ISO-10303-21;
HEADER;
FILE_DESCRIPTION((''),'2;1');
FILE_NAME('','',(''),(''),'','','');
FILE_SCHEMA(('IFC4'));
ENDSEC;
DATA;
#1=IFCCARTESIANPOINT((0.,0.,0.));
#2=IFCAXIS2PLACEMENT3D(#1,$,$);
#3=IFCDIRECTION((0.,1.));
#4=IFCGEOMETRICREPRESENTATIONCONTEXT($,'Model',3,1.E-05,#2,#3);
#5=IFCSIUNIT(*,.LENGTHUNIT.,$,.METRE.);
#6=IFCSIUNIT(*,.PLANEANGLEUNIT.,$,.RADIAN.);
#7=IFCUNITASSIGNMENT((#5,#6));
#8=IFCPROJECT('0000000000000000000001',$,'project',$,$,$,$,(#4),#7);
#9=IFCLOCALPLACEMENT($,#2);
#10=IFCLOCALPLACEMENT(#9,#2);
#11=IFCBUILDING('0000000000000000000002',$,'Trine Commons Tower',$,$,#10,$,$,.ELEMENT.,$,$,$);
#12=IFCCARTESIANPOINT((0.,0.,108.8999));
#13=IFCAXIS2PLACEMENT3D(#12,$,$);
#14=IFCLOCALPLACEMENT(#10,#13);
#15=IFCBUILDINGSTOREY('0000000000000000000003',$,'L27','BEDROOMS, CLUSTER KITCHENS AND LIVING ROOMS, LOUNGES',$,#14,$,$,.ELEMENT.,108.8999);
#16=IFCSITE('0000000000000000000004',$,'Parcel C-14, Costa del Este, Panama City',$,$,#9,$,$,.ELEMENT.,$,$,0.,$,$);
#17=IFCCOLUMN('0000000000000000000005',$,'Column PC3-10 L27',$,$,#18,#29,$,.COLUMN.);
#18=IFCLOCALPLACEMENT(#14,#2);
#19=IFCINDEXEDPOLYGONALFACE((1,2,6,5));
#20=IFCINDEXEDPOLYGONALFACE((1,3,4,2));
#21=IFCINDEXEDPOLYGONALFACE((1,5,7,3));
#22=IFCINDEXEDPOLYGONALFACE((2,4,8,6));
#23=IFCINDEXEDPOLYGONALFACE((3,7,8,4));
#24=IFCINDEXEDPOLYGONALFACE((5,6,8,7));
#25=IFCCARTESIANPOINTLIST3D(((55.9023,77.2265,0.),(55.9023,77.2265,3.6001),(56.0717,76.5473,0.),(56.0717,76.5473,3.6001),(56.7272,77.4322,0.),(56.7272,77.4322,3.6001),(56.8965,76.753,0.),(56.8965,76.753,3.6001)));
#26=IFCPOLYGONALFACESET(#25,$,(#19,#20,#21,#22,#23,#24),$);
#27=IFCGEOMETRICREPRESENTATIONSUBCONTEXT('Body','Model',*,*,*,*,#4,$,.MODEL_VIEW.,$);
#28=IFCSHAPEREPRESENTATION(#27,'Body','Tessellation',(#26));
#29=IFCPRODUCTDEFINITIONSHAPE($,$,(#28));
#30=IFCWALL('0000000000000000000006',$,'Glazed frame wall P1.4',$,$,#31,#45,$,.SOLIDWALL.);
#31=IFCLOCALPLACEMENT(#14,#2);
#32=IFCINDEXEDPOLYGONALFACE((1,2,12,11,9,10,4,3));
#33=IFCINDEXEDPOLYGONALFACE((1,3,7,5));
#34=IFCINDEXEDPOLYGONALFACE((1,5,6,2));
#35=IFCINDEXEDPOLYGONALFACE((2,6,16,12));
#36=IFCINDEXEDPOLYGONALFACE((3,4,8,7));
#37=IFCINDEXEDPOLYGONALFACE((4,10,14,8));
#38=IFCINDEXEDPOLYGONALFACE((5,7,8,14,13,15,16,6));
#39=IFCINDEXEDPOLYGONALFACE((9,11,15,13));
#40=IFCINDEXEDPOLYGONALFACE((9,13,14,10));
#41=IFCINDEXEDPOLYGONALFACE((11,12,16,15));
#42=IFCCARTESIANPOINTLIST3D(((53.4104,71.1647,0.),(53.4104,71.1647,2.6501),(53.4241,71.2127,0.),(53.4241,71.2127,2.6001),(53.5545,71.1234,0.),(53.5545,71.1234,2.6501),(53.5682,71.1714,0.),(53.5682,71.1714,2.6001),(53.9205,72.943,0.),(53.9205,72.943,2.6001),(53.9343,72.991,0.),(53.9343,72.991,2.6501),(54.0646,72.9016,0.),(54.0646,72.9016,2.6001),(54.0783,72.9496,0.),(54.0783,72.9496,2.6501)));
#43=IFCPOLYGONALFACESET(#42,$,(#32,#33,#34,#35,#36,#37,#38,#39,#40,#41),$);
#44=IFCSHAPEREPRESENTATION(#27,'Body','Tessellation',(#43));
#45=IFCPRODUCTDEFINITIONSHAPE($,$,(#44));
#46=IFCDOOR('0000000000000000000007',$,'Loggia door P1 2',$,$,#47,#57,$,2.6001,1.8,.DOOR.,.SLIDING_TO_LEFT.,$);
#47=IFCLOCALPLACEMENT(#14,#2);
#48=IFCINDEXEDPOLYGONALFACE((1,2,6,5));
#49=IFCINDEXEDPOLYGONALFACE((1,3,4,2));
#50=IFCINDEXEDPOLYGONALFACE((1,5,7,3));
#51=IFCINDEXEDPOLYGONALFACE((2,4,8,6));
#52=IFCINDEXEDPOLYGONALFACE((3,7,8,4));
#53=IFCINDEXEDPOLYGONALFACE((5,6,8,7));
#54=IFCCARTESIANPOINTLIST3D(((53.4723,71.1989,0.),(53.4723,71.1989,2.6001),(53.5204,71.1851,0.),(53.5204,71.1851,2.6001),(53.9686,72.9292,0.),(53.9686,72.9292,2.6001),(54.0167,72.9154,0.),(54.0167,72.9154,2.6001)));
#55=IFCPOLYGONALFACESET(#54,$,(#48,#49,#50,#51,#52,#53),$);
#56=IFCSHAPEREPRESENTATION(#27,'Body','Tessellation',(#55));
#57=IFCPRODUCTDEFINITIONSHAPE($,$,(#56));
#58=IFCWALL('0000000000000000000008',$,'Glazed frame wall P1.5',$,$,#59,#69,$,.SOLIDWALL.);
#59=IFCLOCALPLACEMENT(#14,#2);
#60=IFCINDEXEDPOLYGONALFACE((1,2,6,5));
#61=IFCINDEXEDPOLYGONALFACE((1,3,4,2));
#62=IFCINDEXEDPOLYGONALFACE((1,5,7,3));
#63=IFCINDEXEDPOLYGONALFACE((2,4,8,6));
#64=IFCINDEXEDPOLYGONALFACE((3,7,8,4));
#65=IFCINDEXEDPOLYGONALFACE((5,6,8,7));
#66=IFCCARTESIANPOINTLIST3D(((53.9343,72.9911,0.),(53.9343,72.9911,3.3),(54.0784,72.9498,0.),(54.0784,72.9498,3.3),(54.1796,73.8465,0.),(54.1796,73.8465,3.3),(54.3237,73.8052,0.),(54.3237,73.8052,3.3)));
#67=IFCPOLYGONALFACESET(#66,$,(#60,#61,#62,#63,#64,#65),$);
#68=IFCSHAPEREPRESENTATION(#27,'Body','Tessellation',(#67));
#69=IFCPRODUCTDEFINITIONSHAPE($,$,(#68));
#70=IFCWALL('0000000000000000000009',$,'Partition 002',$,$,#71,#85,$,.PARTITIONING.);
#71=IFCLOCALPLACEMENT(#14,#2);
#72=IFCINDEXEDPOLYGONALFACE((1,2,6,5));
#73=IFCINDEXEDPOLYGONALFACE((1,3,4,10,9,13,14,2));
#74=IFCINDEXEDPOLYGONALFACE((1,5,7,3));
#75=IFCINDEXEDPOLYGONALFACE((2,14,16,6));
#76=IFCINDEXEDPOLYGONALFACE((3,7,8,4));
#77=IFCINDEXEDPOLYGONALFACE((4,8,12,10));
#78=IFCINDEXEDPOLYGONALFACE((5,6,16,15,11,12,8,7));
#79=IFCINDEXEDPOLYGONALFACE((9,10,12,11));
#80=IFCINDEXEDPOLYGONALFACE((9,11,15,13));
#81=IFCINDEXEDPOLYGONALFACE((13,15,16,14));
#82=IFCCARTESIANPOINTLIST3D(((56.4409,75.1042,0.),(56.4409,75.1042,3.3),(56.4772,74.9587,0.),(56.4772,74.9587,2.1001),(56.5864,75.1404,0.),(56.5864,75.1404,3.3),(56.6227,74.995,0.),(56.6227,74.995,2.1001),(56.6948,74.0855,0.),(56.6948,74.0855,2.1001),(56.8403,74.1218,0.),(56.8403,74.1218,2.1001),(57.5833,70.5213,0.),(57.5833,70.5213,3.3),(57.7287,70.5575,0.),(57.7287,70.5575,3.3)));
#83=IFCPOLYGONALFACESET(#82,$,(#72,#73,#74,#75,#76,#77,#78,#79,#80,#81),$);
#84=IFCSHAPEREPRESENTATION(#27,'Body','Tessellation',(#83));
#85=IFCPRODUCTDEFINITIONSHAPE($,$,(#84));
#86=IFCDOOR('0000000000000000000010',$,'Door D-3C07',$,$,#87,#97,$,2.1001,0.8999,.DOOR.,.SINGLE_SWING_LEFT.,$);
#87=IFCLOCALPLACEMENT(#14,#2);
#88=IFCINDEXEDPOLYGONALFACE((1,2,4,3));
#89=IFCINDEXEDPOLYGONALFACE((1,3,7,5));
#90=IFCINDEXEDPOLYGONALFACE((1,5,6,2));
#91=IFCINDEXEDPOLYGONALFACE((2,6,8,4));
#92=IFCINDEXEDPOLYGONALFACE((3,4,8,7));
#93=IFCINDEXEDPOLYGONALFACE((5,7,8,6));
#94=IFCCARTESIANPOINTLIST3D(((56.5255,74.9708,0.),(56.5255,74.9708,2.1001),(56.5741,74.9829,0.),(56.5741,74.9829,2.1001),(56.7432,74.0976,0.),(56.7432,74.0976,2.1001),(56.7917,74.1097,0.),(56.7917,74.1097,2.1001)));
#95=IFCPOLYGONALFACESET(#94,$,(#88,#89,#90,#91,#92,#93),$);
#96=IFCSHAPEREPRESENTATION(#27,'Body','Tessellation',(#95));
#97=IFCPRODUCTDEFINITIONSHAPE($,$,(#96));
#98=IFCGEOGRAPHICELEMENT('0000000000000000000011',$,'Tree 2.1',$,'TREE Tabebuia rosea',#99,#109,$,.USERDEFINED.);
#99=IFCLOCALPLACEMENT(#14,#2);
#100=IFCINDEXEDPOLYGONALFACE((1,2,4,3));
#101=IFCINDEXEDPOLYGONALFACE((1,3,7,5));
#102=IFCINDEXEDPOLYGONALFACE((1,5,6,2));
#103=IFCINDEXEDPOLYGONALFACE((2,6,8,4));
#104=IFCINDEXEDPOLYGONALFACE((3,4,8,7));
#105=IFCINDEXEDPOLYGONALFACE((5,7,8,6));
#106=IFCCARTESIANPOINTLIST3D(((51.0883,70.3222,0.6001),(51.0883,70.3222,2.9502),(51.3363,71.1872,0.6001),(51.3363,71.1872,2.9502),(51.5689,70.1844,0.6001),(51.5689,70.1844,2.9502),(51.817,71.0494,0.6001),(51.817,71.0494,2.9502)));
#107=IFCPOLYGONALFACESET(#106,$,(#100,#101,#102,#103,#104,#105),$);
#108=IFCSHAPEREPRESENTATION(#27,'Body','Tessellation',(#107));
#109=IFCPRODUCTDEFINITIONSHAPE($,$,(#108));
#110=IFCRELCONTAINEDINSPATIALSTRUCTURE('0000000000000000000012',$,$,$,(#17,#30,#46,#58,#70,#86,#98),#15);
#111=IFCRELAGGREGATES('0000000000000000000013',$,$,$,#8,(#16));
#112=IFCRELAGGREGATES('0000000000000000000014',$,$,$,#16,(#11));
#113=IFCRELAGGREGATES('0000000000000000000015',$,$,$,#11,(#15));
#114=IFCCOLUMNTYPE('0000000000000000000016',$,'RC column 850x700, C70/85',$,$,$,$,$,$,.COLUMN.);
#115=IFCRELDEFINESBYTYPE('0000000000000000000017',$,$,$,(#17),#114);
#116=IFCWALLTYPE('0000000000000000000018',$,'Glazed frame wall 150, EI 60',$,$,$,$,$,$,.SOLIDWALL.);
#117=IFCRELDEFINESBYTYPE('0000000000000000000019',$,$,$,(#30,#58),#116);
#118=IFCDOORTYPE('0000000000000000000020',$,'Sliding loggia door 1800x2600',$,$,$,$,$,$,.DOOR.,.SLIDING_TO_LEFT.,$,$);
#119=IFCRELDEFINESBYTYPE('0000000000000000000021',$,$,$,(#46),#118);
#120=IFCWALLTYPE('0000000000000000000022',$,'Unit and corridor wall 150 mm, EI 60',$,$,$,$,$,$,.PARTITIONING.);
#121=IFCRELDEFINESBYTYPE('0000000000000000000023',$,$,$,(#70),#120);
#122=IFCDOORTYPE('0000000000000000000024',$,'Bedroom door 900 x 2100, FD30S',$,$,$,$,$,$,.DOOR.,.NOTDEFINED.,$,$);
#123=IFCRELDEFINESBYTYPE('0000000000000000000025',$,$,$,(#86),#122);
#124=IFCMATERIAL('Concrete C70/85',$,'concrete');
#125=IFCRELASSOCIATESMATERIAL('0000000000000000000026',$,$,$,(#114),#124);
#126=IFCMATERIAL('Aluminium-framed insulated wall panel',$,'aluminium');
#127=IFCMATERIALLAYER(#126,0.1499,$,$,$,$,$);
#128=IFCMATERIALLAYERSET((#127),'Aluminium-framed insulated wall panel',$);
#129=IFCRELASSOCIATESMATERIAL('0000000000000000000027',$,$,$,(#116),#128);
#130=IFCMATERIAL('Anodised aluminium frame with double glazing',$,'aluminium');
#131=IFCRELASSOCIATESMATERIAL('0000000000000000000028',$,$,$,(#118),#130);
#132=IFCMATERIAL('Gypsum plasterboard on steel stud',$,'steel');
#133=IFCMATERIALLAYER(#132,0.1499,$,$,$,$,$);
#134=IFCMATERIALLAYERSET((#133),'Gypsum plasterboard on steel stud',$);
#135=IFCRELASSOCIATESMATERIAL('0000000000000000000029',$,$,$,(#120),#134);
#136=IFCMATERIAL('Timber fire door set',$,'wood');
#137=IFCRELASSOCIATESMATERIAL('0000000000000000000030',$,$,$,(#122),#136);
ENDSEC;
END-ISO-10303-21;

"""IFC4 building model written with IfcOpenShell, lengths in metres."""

from ifc_helpers import new_model, si_unit, direction, frame, frame_2d, origin, origin_2d, place, context, subcontext, project, spatial, polyline, rectangle, outline, extrude, material, layer, layer_set, material_profile, profile_set, type_object, element, fill, save


model = new_model("IFC4")

# Units and contexts
model_context = context("Model", 3, precision=1e-05, world=origin(), true_north=direction((0.0, 1.0)))
body_context = subcontext(model_context, "Body", "Model", "MODEL_VIEW")
ifc_project = project(units=[si_unit("LENGTHUNIT", "METRE"), si_unit("PLANEANGLEUNIT", "RADIAN")], contexts=[model_context])

# Site, building, storey
site_placement = place(None, origin())
site = spatial("IfcSite", under=ifc_project, at=site_placement, Name="Parcel C-14, Costa del Este, Panama City", CompositionType="ELEMENT", RefElevation=0.0)
building_placement = place(site_placement, origin())
building = spatial("IfcBuilding", under=site, at=building_placement, Name="Trine Commons Tower", CompositionType="ELEMENT")
storey_placement = place(building_placement, frame((0.0, 0.0, 108.8999)))
storey = spatial("IfcBuildingStorey", under=building, at=storey_placement, Name="L27", Description="BEDROOMS, CLUSTER KITCHENS AND LIVING ROOMS, LOUNGES", CompositionType="ELEMENT", Elevation=108.8999)

# Column
ifc_material_1 = material(Name="Concrete C70/85", Category="concrete")
ifc_material_profile = material_profile(ifc_material_1, rectangle(XDim=0.8501, YDim=0.7, at=origin_2d()), Name="RC 850x700")
ifc_profile_set = profile_set([ifc_material_profile], Name="Concrete C70/85")
column_type = type_object("IfcColumnType", Name="RC column 850x700, C70/85", PredefinedType="COLUMN", material=ifc_profile_set)
column_placement = place(storey_placement, frame((56.3994, 76.9897, 0.0), z_axis=(0.0, 0.0, 1.0), x_axis=(0.970296, 0.241922, 0.0)))
element("IfcColumn", 1, at=column_placement, inside=storey, type_object=column_type, Name="Column PC3-10 L27", PredefinedType="COLUMN", context=body_context, shape_type="SweptSolid", body=[
    extrude(rectangle(XDim=0.8501, YDim=0.7, at=origin_2d()), origin(), (0.0, 0.0, 1.0), 3.6001),
])

# Wall, opening, door
ifc_material_2 = material(Name="Aluminium-framed insulated wall panel", Category="aluminium")
ifc_layer_1 = layer(ifc_material_2, 0.1499)
ifc_layer_set_1 = layer_set([ifc_layer_1], Name="Aluminium-framed insulated wall panel")
wall_type_1 = type_object("IfcWallType", Name="Glazed frame wall 150, EI 60", PredefinedType="SOLIDWALL", material=ifc_layer_set_1)
wall_1_placement = place(storey_placement, frame((53.4824, 71.144, 0.0), z_axis=(0.0, 0.0, 1.0), x_axis=(0.275739, 0.961232, 0.0)))
wall_1 = element("IfcWall", 2, at=wall_1_placement, inside=storey, type_object=wall_type_1, Name="Glazed frame wall P1.4", PredefinedType="SOLIDWALL", context=body_context, shape_type="SweptSolid", body=[
    extrude(outline(polyline([(0.0, -0.075), (1.8999, -0.075), (1.8999, 0.075), (0.0, 0.075), (0.0, -0.075)])), origin(), (0.0, 0.0, 1.0), 2.6501),
])
opening_1_placement = place(wall_1_placement, frame((0.05, 0.0, 0.0)))
opening_1 = element("IfcOpeningElement", 3, at=opening_1_placement, cuts=wall_1, PredefinedType="OPENING", context=body_context, shape_type="SweptSolid", body=[
    extrude(rectangle(XDim=1.8, YDim=2.6001, at=frame_2d((0.8999, 1.3))), frame((0.0, 0.085, 0.0), z_axis=(0.0, -1.0, 0.0), x_axis=(1.0, 0.0, 0.0)), (0.0, 0.0, 1.0), 0.1699),
])
ifc_material_3 = material(Name="Anodised aluminium frame with double glazing", Category="aluminium")
door_type_1 = type_object("IfcDoorType", Name="Sliding loggia door 1800x2600", OperationType="SLIDING_TO_LEFT", PredefinedType="DOOR", material=ifc_material_3)
door_1_placement = place(opening_1_placement, origin())
door_1 = element("IfcDoor", 4, at=door_1_placement, inside=storey, type_object=door_type_1, Name="Loggia door P1 2", OperationType="SLIDING_TO_LEFT", OverallHeight=2.6001, OverallWidth=1.8, PredefinedType="DOOR", context=body_context, shape_type="SweptSolid", body=[
    extrude(rectangle(XDim=1.8, YDim=2.6001, at=frame_2d((0.8999, 1.3))), frame((0.0, 0.0249, 0.0), z_axis=(0.0, -1.0, 0.0), x_axis=(1.0, 0.0, 0.0)), (0.0, 0.0, 1.0), 0.05),
])
fill(opening_1, door_1)

# Wall
wall_2_placement = place(storey_placement, frame((54.0063, 72.9705, 0.0), z_axis=(0.0, 0.0, 1.0), x_axis=(0.275656, 0.961256, 0.0)))
element("IfcWall", 5, at=wall_2_placement, inside=storey, type_object=wall_type_1, Name="Glazed frame wall P1.5", PredefinedType="SOLIDWALL", context=body_context, shape_type="SweptSolid", body=[
    extrude(outline(polyline([(0.8899, 0.075), (0.0, 0.075), (0.0, -0.075), (0.8899, -0.075), (0.8899, 0.075)])), origin(), (0.0, 0.0, 1.0), 3.3),
])

# Wall, opening, door
ifc_material_4 = material(Name="Gypsum plasterboard on steel stud", Category="steel")
ifc_layer_2 = layer(ifc_material_4, 0.1499)
ifc_layer_set_2 = layer_set([ifc_layer_2], Name="Gypsum plasterboard on steel stud")
wall_type_2 = type_object("IfcWallType", Name="Unit and corridor wall 150 mm, EI 60", PredefinedType="PARTITIONING", material=ifc_layer_set_2)
wall_3_placement = place(storey_placement, frame((56.5137, 75.1223, 0.0), z_axis=(0.0, 0.0, 1.0), x_axis=(0.241854, -0.970313, 0.0)))
wall_3 = element("IfcWall", 6, at=wall_3_placement, inside=storey, type_object=wall_type_2, Name="Partition 002", PredefinedType="PARTITIONING", context=body_context, shape_type="SweptSolid", body=[
    extrude(rectangle(XDim=4.7231, YDim=0.1499, at=frame_2d((2.3616, 0.0))), origin(), (0.0, 0.0, 1.0), 3.3),
])
opening_2_placement = place(wall_3_placement, frame((0.1499, 0.0, 0.0)))
opening_2 = element("IfcOpeningElement", 7, at=opening_2_placement, cuts=wall_3, PredefinedType="OPENING", context=body_context, shape_type="SweptSolid", body=[
    extrude(rectangle(XDim=0.8999, YDim=2.1001, at=frame_2d((0.45, 1.05))), frame((0.0, 0.085, 0.0), z_axis=(0.0, -1.0, 0.0), x_axis=(1.0, 0.0, 0.0)), (0.0, 0.0, 1.0), 0.1699),
])
ifc_material_5 = material(Name="Timber fire door set", Category="wood")
door_type_2 = type_object("IfcDoorType", Name="Bedroom door 900 x 2100, FD30S", OperationType="NOTDEFINED", PredefinedType="DOOR", material=ifc_material_5)
door_2_placement = place(opening_2_placement, origin())
door_2 = element("IfcDoor", 8, at=door_2_placement, inside=storey, type_object=door_type_2, Name="Door D-3C07", OperationType="SINGLE_SWING_LEFT", OverallHeight=2.1001, OverallWidth=0.8999, PredefinedType="DOOR", context=body_context, shape_type="SweptSolid", body=[
    extrude(rectangle(XDim=0.8999, YDim=2.1001, at=frame_2d((0.45, 1.05))), frame((0.0, 0.0249, 0.0), z_axis=(0.0, -1.0, 0.0), x_axis=(1.0, 0.0, 0.0)), (0.0, 0.0, 1.0), 0.05),
])
fill(opening_2, door_2)

# Geographic element
geographic_element_placement = place(storey_placement, frame((51.4526, 70.6858, 0.6001), z_axis=(0.0, 0.0, 1.0), x_axis=(0.275646, 0.961259, 0.0)))
element("IfcGeographicElement", 9, at=geographic_element_placement, inside=storey, Name="Tree 2.1", ObjectType="TREE Tabebuia rosea", PredefinedType="USERDEFINED", context=body_context, shape_type="SweptSolid", body=[
    extrude(rectangle(XDim=0.8999, YDim=0.5, at=origin_2d()), origin(), (0.0, 0.0, 1.0), 2.3501),
])

save(model, "model.ifc")
